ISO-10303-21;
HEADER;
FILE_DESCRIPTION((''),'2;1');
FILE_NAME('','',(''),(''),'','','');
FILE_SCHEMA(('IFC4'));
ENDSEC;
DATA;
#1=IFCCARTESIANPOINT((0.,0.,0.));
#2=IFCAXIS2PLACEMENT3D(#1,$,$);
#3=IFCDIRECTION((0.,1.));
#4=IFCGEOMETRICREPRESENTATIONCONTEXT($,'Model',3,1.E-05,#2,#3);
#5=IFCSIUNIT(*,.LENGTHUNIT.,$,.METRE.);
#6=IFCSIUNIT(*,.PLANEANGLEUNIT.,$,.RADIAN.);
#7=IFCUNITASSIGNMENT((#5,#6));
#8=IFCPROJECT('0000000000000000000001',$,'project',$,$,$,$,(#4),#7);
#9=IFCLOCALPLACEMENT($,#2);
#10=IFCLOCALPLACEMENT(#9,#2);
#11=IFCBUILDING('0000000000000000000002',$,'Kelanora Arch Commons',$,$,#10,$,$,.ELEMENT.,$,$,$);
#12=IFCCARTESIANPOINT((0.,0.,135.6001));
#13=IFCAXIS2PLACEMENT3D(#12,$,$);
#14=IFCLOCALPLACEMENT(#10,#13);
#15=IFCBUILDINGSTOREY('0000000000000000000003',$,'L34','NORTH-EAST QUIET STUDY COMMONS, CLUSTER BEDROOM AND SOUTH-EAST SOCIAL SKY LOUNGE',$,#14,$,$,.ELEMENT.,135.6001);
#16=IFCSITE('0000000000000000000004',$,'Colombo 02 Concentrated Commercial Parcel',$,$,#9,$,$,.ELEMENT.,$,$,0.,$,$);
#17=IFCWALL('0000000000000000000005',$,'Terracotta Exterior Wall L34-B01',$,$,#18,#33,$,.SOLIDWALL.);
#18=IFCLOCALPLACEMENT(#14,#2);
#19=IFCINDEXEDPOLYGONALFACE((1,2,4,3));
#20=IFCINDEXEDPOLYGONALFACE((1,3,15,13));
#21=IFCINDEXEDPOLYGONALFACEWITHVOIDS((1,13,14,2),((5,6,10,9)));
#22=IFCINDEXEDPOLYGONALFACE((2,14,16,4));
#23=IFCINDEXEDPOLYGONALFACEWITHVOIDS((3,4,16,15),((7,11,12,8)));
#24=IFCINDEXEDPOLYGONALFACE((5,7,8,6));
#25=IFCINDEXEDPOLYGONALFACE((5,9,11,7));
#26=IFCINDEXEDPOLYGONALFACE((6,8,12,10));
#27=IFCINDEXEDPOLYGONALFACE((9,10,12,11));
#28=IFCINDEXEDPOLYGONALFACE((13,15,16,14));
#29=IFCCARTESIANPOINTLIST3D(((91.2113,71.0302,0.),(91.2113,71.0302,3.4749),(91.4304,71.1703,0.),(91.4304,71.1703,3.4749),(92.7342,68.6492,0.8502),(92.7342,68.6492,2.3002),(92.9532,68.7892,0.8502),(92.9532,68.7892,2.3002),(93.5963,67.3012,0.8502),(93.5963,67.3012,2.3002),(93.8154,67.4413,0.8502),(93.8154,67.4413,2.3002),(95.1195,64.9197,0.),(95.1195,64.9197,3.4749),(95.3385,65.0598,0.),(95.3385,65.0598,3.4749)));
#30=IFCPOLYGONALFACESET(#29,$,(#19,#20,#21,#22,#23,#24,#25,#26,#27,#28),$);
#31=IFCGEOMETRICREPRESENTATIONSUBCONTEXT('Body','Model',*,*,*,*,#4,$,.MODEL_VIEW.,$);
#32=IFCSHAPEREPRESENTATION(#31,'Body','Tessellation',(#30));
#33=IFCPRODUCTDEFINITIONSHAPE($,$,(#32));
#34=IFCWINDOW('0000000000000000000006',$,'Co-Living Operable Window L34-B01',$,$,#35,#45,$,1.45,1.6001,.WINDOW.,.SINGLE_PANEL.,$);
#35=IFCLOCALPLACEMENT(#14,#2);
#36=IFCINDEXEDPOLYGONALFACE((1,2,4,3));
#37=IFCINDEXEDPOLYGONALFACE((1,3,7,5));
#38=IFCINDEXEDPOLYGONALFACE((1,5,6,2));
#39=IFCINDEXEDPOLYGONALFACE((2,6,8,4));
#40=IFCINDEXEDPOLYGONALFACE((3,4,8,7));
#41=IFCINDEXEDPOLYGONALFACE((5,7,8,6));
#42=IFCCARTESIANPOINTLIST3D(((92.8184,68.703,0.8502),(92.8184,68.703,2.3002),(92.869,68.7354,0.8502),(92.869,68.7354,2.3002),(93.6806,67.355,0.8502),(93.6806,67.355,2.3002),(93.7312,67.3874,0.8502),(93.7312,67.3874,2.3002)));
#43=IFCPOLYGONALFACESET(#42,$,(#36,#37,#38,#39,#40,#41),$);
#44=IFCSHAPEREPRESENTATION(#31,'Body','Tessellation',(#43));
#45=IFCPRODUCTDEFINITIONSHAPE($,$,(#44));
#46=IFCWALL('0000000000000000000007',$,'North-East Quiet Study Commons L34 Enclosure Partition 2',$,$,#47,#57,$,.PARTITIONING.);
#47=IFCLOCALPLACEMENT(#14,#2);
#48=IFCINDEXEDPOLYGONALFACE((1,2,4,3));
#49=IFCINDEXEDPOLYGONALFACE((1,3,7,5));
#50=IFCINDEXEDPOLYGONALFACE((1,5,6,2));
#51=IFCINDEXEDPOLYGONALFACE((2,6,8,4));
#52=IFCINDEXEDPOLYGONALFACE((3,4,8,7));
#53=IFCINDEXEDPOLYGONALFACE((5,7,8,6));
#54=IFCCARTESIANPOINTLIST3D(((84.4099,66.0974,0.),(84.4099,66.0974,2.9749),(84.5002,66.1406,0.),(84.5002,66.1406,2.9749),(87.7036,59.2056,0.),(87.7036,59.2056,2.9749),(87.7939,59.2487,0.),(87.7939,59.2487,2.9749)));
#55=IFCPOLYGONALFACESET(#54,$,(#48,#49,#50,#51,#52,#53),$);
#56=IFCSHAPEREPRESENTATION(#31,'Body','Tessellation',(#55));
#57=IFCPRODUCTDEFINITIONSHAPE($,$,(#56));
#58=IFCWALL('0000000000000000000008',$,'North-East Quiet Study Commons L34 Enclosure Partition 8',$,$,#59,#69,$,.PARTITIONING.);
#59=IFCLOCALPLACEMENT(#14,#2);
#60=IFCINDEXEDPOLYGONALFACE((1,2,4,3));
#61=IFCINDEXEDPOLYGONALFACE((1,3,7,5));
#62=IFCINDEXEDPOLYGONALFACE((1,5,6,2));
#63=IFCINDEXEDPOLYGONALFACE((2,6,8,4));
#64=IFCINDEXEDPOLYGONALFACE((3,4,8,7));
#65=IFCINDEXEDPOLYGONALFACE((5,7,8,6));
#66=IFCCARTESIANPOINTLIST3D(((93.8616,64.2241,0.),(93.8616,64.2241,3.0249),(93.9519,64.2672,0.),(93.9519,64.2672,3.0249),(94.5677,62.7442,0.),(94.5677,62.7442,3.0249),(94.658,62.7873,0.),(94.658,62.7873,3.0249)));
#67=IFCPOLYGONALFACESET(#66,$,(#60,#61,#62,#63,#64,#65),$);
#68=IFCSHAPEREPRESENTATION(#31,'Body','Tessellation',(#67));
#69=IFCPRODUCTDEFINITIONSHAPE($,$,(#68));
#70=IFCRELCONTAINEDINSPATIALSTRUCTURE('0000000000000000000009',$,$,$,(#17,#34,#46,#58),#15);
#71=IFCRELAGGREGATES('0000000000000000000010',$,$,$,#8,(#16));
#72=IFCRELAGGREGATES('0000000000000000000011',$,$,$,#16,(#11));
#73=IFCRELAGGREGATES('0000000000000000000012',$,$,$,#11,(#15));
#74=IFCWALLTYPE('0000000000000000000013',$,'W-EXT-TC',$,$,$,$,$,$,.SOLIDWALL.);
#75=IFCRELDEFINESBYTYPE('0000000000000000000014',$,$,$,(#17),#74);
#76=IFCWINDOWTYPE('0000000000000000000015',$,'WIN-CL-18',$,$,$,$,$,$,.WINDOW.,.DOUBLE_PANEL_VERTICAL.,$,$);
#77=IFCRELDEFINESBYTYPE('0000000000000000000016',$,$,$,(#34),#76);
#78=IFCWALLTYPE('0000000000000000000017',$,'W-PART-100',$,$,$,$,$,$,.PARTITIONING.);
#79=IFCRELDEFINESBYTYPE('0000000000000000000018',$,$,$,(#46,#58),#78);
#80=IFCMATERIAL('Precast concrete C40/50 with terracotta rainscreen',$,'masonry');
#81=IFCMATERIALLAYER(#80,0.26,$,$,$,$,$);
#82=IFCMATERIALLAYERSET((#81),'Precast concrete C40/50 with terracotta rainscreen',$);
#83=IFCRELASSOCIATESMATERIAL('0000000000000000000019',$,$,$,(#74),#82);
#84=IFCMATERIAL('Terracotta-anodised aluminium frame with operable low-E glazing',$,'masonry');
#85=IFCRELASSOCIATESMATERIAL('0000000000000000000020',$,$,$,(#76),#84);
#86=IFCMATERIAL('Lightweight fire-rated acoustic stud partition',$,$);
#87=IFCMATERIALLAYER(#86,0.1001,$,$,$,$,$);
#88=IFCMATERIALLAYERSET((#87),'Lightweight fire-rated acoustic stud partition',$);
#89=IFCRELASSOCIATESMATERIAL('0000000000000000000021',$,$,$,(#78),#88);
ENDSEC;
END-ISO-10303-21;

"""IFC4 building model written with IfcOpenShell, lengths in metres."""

from ifc_helpers import new_model, si_unit, direction, frame, frame_2d, origin, place, context, subcontext, project, spatial, rectangle, extrude, material, layer, layer_set, type_object, element, fill, save


model = new_model("IFC4")

# Units and contexts
model_context = context("Model", 3, precision=1e-05, world=origin(), true_north=direction((0.0, 1.0)))
body_context = subcontext(model_context, "Body", "Model", "MODEL_VIEW")
ifc_project = project(units=[si_unit("LENGTHUNIT", "METRE"), si_unit("PLANEANGLEUNIT", "RADIAN")], contexts=[model_context])

# Site, building, storey
site_placement = place(None, origin())
site = spatial("IfcSite", under=ifc_project, at=site_placement, Name="Colombo 02 Concentrated Commercial Parcel", CompositionType="ELEMENT", RefElevation=0.0)
building_placement = place(site_placement, origin())
building = spatial("IfcBuilding", under=site, at=building_placement, Name="Kelanora Arch Commons", CompositionType="ELEMENT")
storey_placement = place(building_placement, frame((0.0, 0.0, 135.6001)))
storey = spatial("IfcBuildingStorey", under=building, at=storey_placement, Name="L34", Description="NORTH-EAST QUIET STUDY COMMONS, CLUSTER BEDROOM AND SOUTH-EAST SOCIAL SKY LOUNGE", CompositionType="ELEMENT", Elevation=135.6001)

# Wall, opening, window
ifc_material_1 = material(Name="Precast concrete C40/50 with terracotta rainscreen", Category="masonry")
ifc_layer_1 = layer(ifc_material_1, 0.26)
ifc_layer_set_1 = layer_set([ifc_layer_1], Name="Precast concrete C40/50 with terracotta rainscreen")
wall_type_1 = type_object("IfcWallType", Name="W-EXT-TC", PredefinedType="SOLIDWALL", material=ifc_layer_set_1)
wall_1_placement = place(storey_placement, frame((95.229, 64.9897, 0.0), z_axis=(0.0, 0.0, 1.0), x_axis=(-0.538802, 0.842433, 0.0)))
wall_1 = element("IfcWall", 1, at=wall_1_placement, inside=storey, type_object=wall_type_1, Name="Terracotta Exterior Wall L34-B01", PredefinedType="SOLIDWALL", context=body_context, shape_type="SweptSolid", body=[
    extrude(rectangle(XDim=7.2534, YDim=0.26, at=frame_2d((3.6267, 0.0))), origin(), (0.0, 0.0, 1.0), 3.4749),
])
opening_placement = place(wall_1_placement, frame((2.8269, 0.0, 0.8501)))
opening = element("IfcOpeningElement", 2, at=opening_placement, cuts=wall_1, PredefinedType="OPENING", context=body_context, shape_type="SweptSolid", body=[
    extrude(rectangle(XDim=1.6001, YDim=1.45, at=frame_2d((0.8, 0.7251))), frame((0.0, 0.1401, 0.0), z_axis=(0.0, -1.0, 0.0), x_axis=(1.0, 0.0, 0.0)), (0.0, 0.0, 1.0), 0.28),
])
ifc_material_2 = material(Name="Terracotta-anodised aluminium frame with operable low-E glazing", Category="masonry")
window_type = type_object("IfcWindowType", Name="WIN-CL-18", PartitioningType="DOUBLE_PANEL_VERTICAL", PredefinedType="WINDOW", material=ifc_material_2)
window_placement = place(opening_placement, origin())
window = element("IfcWindow", 3, at=window_placement, inside=storey, type_object=window_type, Name="Co-Living Operable Window L34-B01", OverallHeight=1.45, OverallWidth=1.6001, PartitioningType="SINGLE_PANEL", PredefinedType="WINDOW", context=body_context, shape_type="SweptSolid", body=[
    extrude(rectangle(XDim=1.6001, YDim=1.45, at=frame_2d((0.8, 0.7251))), frame((0.0, 0.03, 0.0), z_axis=(0.0, -1.0, 0.0), x_axis=(1.0, 0.0, 0.0)), (0.0, 0.0, 1.0), 0.0601),
])
fill(opening, window)

# Walls
ifc_material_3 = material(Name="Lightweight fire-rated acoustic stud partition")
ifc_layer_2 = layer(ifc_material_3, 0.1001)
ifc_layer_set_2 = layer_set([ifc_layer_2], Name="Lightweight fire-rated acoustic stud partition")
wall_type_2 = type_object("IfcWallType", Name="W-PART-100", PredefinedType="PARTITIONING", material=ifc_layer_set_2)
wall_2_placement = place(storey_placement, frame((87.7488, 59.2271, 0.0), z_axis=(0.0, 0.0, 1.0), x_axis=(-0.4312, 0.902256, 0.0)))
element("IfcWall", 4, at=wall_2_placement, inside=storey, type_object=wall_type_2, Name="North-East Quiet Study Commons L34 Enclosure Partition 2", PredefinedType="PARTITIONING", context=body_context, shape_type="SweptSolid", body=[
    extrude(rectangle(XDim=7.6384, YDim=0.1001, at=frame_2d((3.8193, 0.0))), origin(), (0.0, 0.0, 1.0), 2.9749),
])
wall_3_placement = place(storey_placement, frame((93.9067, 64.2456, 0.0), z_axis=(0.0, 0.0, 1.0), x_axis=(0.430639, -0.902524, 0.0)))
element("IfcWall", 5, at=wall_3_placement, inside=storey, type_object=wall_type_2, Name="North-East Quiet Study Commons L34 Enclosure Partition 8", PredefinedType="PARTITIONING", context=body_context, shape_type="SweptSolid", body=[
    extrude(rectangle(XDim=1.6396, YDim=0.1001, at=frame_2d((0.8198, 0.0))), origin(), (0.0, 0.0, 1.0), 3.0249),
])

save(model, "model.ifc")
